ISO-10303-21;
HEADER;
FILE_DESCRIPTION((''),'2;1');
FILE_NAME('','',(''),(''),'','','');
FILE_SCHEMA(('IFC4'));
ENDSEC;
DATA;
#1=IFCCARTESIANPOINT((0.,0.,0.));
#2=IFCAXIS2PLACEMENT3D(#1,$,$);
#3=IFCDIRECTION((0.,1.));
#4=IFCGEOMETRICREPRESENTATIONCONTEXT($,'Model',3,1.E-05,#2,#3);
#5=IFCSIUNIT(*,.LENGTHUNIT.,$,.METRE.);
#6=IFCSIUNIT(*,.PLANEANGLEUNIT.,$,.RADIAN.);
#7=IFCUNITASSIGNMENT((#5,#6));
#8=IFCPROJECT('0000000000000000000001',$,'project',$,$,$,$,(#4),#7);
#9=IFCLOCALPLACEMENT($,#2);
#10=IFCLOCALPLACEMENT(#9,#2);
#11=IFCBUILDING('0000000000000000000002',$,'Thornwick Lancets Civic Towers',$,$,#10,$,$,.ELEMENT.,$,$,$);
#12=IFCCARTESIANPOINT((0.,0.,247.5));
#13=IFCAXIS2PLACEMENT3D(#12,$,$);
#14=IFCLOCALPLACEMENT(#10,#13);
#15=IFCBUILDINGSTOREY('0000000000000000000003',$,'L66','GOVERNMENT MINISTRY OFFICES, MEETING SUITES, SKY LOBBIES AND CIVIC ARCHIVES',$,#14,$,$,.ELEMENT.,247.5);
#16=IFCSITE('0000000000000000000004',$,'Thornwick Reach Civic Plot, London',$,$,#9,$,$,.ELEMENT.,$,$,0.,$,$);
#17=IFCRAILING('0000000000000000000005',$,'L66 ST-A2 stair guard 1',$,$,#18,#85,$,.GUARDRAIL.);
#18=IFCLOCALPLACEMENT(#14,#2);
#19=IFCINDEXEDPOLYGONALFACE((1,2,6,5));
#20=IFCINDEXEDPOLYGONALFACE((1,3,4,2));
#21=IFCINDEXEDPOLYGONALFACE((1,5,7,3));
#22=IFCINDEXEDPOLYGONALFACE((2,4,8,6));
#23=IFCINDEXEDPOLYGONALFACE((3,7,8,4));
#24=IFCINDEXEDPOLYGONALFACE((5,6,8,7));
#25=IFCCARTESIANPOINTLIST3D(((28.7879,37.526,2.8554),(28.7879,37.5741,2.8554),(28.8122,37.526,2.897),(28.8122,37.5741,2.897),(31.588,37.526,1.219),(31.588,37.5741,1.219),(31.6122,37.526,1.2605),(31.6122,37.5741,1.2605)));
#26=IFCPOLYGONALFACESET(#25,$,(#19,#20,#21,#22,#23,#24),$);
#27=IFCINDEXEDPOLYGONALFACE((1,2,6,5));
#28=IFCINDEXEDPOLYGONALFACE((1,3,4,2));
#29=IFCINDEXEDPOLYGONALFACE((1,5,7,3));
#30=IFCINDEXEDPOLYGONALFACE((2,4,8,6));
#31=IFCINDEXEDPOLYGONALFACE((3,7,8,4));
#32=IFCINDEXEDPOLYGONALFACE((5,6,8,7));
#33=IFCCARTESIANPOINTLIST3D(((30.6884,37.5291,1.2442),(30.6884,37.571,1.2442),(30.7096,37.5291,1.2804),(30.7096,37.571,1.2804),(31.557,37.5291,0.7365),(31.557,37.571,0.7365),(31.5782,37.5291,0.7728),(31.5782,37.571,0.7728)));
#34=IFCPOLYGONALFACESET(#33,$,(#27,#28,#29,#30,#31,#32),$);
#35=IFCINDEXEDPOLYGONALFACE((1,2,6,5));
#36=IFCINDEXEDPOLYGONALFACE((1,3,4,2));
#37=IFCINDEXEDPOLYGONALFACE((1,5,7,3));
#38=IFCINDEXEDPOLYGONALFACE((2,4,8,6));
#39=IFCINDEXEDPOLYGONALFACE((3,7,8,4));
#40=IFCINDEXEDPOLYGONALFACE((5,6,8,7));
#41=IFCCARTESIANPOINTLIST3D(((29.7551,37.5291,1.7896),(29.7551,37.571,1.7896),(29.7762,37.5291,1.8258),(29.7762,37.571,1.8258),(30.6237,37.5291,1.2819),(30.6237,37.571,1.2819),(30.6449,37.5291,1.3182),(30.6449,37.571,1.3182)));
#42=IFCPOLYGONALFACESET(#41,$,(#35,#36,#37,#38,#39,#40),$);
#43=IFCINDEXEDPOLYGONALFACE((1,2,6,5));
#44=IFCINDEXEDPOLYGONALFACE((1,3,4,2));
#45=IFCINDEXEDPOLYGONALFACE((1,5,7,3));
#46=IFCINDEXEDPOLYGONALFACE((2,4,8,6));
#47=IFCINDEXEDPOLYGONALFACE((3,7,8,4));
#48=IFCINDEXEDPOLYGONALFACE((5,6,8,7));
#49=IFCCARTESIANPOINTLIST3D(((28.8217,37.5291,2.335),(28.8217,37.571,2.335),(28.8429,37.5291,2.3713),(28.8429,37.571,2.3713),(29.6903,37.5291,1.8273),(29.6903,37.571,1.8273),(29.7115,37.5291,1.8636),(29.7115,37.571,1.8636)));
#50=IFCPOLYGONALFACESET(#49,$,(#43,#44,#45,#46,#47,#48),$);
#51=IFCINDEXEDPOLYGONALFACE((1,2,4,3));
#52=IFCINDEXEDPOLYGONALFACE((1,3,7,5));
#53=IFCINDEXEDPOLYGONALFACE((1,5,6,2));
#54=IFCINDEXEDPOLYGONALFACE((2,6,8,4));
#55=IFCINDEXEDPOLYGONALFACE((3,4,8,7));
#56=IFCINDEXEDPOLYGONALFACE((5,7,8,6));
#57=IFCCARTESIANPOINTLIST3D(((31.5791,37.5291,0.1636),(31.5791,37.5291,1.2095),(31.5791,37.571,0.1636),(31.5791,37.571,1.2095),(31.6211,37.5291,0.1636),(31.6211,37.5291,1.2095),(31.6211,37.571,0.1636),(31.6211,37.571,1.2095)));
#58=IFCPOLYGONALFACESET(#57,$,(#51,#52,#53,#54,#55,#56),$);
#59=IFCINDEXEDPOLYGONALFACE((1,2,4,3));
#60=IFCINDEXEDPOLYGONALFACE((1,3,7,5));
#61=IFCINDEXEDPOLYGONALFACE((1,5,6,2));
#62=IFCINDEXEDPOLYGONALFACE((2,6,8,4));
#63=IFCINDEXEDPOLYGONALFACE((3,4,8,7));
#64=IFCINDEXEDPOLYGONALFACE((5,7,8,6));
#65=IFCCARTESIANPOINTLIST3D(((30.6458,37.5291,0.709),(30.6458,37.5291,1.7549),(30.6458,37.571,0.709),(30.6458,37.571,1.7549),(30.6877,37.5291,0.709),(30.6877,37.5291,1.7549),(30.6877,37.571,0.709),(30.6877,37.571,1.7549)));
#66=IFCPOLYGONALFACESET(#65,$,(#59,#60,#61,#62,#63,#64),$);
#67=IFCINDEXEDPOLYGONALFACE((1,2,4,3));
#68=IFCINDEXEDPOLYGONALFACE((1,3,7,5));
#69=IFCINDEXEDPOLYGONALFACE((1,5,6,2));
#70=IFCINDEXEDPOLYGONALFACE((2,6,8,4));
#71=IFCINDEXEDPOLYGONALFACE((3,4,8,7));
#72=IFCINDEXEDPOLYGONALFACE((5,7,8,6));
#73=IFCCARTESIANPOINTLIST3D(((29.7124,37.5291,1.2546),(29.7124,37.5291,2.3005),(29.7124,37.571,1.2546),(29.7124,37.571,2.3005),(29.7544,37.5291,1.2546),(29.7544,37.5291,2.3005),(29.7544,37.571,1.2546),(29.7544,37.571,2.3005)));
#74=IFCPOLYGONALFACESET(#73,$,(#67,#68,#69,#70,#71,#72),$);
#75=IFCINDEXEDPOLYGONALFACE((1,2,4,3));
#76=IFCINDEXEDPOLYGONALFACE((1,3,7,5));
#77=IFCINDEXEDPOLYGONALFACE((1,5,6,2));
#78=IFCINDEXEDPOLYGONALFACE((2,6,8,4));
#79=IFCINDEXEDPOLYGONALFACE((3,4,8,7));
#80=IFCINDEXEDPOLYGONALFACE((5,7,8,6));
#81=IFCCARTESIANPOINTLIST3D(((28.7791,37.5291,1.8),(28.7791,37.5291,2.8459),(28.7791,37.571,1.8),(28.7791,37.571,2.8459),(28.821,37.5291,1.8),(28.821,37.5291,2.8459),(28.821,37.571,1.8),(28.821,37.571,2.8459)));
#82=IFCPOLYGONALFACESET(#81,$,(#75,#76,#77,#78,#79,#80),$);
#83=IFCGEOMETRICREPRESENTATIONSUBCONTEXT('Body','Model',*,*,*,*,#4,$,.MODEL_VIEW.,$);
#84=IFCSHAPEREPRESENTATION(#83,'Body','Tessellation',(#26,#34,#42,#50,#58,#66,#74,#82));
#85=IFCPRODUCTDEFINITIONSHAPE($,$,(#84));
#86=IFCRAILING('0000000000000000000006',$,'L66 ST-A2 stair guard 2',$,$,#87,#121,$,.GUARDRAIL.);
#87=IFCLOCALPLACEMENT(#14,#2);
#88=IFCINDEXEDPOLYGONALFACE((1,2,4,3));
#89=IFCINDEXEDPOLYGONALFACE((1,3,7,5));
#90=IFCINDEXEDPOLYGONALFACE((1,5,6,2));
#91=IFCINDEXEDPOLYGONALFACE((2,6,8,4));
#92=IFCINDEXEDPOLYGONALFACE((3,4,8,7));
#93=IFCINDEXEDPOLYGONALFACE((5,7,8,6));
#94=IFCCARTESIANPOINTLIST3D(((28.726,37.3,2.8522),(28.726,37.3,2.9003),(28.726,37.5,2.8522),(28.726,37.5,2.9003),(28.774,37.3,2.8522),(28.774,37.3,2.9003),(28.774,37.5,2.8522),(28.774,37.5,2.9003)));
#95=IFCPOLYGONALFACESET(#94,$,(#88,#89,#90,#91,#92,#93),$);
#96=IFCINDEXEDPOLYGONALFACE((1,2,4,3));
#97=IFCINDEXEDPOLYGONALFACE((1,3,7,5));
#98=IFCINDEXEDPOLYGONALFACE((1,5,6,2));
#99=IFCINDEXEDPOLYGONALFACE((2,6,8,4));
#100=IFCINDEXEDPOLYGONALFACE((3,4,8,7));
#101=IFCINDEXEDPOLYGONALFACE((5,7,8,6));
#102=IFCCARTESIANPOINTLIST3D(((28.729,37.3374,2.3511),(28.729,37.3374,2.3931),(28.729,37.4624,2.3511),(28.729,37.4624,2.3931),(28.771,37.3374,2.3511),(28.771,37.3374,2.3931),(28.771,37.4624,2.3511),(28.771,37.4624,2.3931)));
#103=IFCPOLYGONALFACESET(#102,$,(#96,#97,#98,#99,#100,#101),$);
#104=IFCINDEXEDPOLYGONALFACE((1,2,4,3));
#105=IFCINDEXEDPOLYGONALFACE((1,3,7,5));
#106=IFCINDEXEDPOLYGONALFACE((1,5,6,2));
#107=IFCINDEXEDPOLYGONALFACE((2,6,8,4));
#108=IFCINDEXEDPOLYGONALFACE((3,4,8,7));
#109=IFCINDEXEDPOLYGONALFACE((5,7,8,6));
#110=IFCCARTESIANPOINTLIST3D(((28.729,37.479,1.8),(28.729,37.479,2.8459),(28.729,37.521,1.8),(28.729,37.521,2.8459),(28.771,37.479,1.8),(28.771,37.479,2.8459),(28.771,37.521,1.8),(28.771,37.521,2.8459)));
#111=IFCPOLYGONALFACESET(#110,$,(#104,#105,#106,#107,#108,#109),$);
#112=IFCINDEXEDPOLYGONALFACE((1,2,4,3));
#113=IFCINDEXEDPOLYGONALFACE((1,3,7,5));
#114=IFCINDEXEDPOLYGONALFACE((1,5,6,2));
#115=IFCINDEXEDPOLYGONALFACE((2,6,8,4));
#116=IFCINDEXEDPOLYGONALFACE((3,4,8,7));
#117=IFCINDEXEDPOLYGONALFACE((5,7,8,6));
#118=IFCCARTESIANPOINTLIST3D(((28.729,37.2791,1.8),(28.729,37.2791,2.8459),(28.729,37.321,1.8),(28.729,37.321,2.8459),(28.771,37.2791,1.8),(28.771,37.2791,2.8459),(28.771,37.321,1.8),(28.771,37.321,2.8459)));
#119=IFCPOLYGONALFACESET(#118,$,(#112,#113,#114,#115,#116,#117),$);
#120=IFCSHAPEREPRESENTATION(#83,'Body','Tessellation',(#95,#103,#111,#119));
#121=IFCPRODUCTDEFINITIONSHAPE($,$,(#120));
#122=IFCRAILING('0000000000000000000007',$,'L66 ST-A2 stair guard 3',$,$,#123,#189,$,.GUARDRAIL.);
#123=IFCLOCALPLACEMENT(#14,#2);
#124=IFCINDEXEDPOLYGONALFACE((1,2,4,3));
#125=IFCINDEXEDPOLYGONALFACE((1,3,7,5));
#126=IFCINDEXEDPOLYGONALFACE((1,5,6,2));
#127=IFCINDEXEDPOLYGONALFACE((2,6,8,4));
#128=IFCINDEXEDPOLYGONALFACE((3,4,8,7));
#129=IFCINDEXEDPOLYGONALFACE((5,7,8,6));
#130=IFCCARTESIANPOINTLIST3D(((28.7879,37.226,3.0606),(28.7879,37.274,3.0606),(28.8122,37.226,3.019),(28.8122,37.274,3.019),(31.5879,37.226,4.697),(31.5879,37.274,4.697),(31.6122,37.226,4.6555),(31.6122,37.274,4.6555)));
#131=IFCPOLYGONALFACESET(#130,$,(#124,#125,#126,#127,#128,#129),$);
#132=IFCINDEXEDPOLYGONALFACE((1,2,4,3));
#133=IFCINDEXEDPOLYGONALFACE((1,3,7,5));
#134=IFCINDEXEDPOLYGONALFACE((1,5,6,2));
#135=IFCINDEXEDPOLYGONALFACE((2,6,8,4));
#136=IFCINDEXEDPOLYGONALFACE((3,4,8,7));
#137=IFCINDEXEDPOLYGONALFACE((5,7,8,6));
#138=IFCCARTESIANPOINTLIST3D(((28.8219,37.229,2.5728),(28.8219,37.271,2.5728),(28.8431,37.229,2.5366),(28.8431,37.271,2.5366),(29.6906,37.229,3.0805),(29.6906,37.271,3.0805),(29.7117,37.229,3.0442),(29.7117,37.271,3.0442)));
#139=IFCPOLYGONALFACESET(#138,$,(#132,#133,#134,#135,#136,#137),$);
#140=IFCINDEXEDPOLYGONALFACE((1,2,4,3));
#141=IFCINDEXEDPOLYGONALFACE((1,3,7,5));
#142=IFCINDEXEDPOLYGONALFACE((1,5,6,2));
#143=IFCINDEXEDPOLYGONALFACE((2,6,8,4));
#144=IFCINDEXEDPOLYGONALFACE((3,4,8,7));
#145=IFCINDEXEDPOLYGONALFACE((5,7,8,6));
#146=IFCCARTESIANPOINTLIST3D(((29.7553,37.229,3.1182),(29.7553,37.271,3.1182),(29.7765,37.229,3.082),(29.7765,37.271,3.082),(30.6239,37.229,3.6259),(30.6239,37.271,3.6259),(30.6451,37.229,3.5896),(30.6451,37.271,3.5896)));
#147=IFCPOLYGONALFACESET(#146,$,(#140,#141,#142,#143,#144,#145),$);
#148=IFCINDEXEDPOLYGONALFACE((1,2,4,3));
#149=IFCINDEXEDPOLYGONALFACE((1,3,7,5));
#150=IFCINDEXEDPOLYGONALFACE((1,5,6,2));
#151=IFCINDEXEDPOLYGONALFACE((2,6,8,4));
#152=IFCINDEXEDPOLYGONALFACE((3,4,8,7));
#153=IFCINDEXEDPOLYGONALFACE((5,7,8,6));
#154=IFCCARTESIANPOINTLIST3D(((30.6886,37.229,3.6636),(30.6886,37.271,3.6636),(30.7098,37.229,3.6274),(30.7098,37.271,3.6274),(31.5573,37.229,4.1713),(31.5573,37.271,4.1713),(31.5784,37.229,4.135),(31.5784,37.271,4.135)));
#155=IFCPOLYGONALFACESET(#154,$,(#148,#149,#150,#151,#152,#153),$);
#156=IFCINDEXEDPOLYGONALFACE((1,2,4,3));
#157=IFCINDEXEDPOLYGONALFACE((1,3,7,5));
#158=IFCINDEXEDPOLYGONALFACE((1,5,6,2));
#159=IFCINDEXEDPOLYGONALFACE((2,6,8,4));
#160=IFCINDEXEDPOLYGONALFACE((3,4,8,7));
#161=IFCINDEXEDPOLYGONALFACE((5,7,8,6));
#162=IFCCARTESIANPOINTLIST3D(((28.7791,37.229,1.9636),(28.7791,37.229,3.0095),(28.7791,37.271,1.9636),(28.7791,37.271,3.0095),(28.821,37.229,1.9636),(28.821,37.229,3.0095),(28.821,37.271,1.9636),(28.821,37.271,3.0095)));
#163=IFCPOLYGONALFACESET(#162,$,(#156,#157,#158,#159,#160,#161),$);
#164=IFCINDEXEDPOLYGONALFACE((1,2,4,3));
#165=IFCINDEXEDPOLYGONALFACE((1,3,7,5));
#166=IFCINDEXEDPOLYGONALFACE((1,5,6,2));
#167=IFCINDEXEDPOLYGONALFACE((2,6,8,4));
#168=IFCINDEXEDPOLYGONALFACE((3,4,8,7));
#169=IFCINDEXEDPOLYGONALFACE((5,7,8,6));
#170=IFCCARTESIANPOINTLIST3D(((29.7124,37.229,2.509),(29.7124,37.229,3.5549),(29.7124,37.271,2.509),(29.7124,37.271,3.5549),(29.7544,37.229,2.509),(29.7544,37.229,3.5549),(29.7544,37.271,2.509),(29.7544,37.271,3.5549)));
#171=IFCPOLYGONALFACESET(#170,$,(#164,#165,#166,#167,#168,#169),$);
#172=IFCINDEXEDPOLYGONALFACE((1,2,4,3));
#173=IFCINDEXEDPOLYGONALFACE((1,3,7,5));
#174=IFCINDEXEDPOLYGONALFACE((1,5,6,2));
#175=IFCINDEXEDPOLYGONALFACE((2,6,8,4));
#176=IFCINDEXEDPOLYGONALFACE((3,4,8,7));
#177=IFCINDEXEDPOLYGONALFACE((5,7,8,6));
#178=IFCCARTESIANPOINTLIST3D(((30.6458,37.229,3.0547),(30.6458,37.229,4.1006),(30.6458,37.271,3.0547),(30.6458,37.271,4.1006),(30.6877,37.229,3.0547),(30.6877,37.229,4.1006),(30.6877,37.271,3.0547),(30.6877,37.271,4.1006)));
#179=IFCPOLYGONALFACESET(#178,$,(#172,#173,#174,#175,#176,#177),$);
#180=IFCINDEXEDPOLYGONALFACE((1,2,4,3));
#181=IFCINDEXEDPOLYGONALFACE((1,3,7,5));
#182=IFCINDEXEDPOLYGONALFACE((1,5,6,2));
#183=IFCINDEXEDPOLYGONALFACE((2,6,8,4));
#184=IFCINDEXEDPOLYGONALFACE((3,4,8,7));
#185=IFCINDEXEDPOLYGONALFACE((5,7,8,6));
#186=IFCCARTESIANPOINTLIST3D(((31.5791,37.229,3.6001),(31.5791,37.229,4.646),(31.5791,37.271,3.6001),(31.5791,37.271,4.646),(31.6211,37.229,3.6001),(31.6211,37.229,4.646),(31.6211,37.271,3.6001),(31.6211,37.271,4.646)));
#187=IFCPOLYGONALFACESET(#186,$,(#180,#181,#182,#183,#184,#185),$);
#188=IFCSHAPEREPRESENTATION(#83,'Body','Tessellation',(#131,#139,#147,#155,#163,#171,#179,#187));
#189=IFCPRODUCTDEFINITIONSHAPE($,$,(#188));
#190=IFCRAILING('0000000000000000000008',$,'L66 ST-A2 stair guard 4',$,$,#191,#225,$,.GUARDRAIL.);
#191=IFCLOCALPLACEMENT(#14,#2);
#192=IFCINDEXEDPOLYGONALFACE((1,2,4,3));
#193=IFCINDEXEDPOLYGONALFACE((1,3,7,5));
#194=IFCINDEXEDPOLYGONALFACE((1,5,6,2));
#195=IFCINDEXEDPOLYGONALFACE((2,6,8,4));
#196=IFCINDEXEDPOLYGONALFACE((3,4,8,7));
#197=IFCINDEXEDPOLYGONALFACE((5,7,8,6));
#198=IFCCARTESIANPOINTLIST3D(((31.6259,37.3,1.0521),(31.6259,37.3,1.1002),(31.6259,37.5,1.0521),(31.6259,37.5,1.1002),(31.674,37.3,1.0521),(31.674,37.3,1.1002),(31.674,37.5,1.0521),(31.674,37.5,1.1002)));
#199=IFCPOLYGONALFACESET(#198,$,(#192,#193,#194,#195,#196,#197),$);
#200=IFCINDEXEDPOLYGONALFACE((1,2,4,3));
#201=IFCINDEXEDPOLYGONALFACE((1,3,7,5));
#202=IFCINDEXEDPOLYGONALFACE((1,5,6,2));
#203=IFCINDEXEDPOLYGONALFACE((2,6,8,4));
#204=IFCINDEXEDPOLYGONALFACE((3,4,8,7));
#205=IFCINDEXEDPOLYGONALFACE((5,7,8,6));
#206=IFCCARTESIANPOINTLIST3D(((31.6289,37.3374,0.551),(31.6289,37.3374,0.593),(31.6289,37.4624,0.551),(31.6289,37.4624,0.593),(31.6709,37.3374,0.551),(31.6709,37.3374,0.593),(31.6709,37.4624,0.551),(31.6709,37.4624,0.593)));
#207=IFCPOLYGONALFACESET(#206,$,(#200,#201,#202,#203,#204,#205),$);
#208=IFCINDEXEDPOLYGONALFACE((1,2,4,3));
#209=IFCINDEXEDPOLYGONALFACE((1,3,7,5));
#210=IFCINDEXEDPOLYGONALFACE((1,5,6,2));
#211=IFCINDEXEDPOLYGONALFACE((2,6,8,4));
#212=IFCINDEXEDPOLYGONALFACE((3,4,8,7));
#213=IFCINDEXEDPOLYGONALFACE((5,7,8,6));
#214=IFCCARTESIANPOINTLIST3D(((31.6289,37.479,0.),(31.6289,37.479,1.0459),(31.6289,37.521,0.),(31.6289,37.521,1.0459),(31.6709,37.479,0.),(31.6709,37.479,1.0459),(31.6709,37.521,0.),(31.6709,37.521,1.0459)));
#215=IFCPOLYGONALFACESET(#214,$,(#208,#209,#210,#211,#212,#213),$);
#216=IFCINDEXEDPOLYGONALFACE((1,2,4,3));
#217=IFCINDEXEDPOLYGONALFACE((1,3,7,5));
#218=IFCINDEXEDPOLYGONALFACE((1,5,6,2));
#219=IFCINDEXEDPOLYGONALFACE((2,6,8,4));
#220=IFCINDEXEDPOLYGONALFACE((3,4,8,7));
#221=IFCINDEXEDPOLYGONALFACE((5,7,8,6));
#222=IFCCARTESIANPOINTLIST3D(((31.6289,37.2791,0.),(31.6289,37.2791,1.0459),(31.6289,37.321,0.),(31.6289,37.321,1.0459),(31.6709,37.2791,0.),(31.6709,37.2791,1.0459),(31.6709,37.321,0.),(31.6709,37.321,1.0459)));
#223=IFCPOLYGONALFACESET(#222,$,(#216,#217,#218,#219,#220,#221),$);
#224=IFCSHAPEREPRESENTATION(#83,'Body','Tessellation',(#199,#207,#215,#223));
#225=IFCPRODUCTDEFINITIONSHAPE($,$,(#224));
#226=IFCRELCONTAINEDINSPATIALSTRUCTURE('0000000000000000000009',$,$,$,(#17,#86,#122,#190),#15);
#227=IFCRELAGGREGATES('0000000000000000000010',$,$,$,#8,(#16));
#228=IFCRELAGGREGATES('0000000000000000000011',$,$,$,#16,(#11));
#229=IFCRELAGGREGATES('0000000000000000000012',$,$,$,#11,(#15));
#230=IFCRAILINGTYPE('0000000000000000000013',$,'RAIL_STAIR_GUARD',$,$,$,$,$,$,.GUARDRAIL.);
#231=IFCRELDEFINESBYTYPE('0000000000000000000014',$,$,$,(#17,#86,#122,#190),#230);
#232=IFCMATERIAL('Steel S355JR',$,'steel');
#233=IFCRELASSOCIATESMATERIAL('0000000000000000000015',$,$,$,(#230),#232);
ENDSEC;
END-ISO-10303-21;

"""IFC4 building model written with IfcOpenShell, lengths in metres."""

from ifc_helpers import new_model, si_unit, direction, frame, origin, origin_2d, place, context, subcontext, project, spatial, rectangle, extrude, material, type_object, element, save


model = new_model("IFC4")

# Units and contexts
model_context = context("Model", 3, precision=1e-05, world=origin(), true_north=direction((0.0, 1.0)))
body_context = subcontext(model_context, "Body", "Model", "MODEL_VIEW")
ifc_project = project(units=[si_unit("LENGTHUNIT", "METRE"), si_unit("PLANEANGLEUNIT", "RADIAN")], contexts=[model_context])

# Site, building, storey
site_placement = place(None, origin())
site = spatial("IfcSite", under=ifc_project, at=site_placement, Name="Thornwick Reach Civic Plot, London", CompositionType="ELEMENT", RefElevation=0.0)
building_placement = place(site_placement, origin())
building = spatial("IfcBuilding", under=site, at=building_placement, Name="Thornwick Lancets Civic Towers", CompositionType="ELEMENT")
storey_placement = place(building_placement, frame((0.0, 0.0, 247.5)))
storey = spatial("IfcBuildingStorey", under=building, at=storey_placement, Name="L66", Description="GOVERNMENT MINISTRY OFFICES, MEETING SUITES, SKY LOBBIES AND CIVIC ARCHIVES", CompositionType="ELEMENT", Elevation=247.5)

# Shared definitions
ifc_material_1 = material(Name="Steel S355JR", Category="steel")

# Railings
railing_type_1 = type_object("IfcRailingType", Name="RAIL_STAIR_GUARD", PredefinedType="GUARDRAIL", material=ifc_material_1)
railing_1_placement = place(storey_placement, frame((31.6001, 37.55, 0.1636)))
element("IfcRailing", 1, at=railing_1_placement, inside=storey, type_object=railing_type_1, Name="L66 ST-A2 stair guard 1", PredefinedType="GUARDRAIL", context=body_context, shape_type="SweptSolid", body=[
    extrude(rectangle(XDim=0.0481, YDim=0.0481, at=origin_2d()), frame((0.0, 0.0, 1.0762), z_axis=(-0.863361, 0.0, 0.504587), x_axis=(0.0, -1.0, 0.0)), (0.0, 0.0, 1.0), 3.2432),
    extrude(rectangle(XDim=0.042, YDim=0.042, at=origin_2d()), frame((-0.0325, 0.0, 0.5911), z_axis=(-0.863361, 0.0, 0.504587), x_axis=(0.0, -1.0, 0.0)), (0.0, 0.0, 1.0), 1.0061),
    extrude(rectangle(XDim=0.042, YDim=0.042, at=origin_2d()), frame((-0.9658, 0.0, 1.1365), z_axis=(-0.863361, 0.0, 0.504587), x_axis=(0.0, -1.0, 0.0)), (0.0, 0.0, 1.0), 1.0061),
    extrude(rectangle(XDim=0.042, YDim=0.042, at=origin_2d()), frame((-1.8992, 0.0, 1.6819), z_axis=(-0.863361, 0.0, 0.504587), x_axis=(0.0, -1.0, 0.0)), (0.0, 0.0, 1.0), 1.0061),
    extrude(rectangle(XDim=0.042, YDim=0.042, at=origin_2d()), origin(), (0.0, 0.0, 1.0), 1.0459),
    extrude(rectangle(XDim=0.042, YDim=0.042, at=origin_2d()), frame((-0.9333, 0.0, 0.5454)), (0.0, 0.0, 1.0), 1.0459),
    extrude(rectangle(XDim=0.042, YDim=0.042, at=origin_2d()), frame((-1.8667, 0.0, 1.0911)), (0.0, 0.0, 1.0), 1.0459),
    extrude(rectangle(XDim=0.042, YDim=0.042, at=origin_2d()), frame((-2.8, 0.0, 1.6365)), (0.0, 0.0, 1.0), 1.0459),
])
railing_2_placement = place(storey_placement, frame((28.75, 37.5, 1.8)))
element("IfcRailing", 2, at=railing_2_placement, inside=storey, type_object=railing_type_1, Name="L66 ST-A2 stair guard 2", PredefinedType="GUARDRAIL", context=body_context, shape_type="SweptSolid", body=[
    extrude(rectangle(XDim=0.0481, YDim=0.0481, at=origin_2d()), frame((0.0, 0.0, 1.0762), z_axis=(0.0, -1.0, 0.0), x_axis=(1.0, 0.0, 0.0)), (0.0, 0.0, 1.0), 0.2),
    extrude(rectangle(XDim=0.042, YDim=0.042, at=origin_2d()), frame((0.0, -0.0376, 0.572), z_axis=(0.0, -1.0, 0.0), x_axis=(1.0, 0.0, 0.0)), (0.0, 0.0, 1.0), 0.125),
    extrude(rectangle(XDim=0.042, YDim=0.042, at=origin_2d()), origin(), (0.0, 0.0, 1.0), 1.0459),
    extrude(rectangle(XDim=0.042, YDim=0.042, at=origin_2d()), frame((0.0, -0.2, 0.0)), (0.0, 0.0, 1.0), 1.0459),
])
railing_3_placement = place(storey_placement, frame((28.8, 37.25, 1.9636)))
element("IfcRailing", 3, at=railing_3_placement, inside=storey, type_object=railing_type_1, Name="L66 ST-A2 stair guard 3", PredefinedType="GUARDRAIL", context=body_context, shape_type="SweptSolid", body=[
    extrude(rectangle(XDim=0.0481, YDim=0.0481, at=origin_2d()), frame((0.0, 0.0, 1.0762), z_axis=(0.863361, 0.0, 0.504587), x_axis=(0.0, 1.0, 0.0)), (0.0, 0.0, 1.0), 3.2432),
    extrude(rectangle(XDim=0.042, YDim=0.042, at=origin_2d()), frame((0.0325, 0.0, 0.5911), z_axis=(0.863361, 0.0, 0.504587), x_axis=(0.0, 1.0, 0.0)), (0.0, 0.0, 1.0), 1.0061),
    extrude(rectangle(XDim=0.042, YDim=0.042, at=origin_2d()), frame((0.9658, 0.0, 1.1365), z_axis=(0.863361, 0.0, 0.504587), x_axis=(0.0, 1.0, 0.0)), (0.0, 0.0, 1.0), 1.0061),
    extrude(rectangle(XDim=0.042, YDim=0.042, at=origin_2d()), frame((1.8992, 0.0, 1.6819), z_axis=(0.863361, 0.0, 0.504587), x_axis=(0.0, 1.0, 0.0)), (0.0, 0.0, 1.0), 1.0061),
    extrude(rectangle(XDim=0.042, YDim=0.042, at=origin_2d()), origin(), (0.0, 0.0, 1.0), 1.0459),
    extrude(rectangle(XDim=0.042, YDim=0.042, at=origin_2d()), frame((0.9333, 0.0, 0.5454)), (0.0, 0.0, 1.0), 1.0459),
    extrude(rectangle(XDim=0.042, YDim=0.042, at=origin_2d()), frame((1.8667, 0.0, 1.0911)), (0.0, 0.0, 1.0), 1.0459),
    extrude(rectangle(XDim=0.042, YDim=0.042, at=origin_2d()), frame((2.8, 0.0, 1.6365)), (0.0, 0.0, 1.0), 1.0459),
])
railing_4_placement = place(storey_placement, frame((31.6499, 37.5, 0.0)))
element("IfcRailing", 4, at=railing_4_placement, inside=storey, type_object=railing_type_1, Name="L66 ST-A2 stair guard 4", PredefinedType="GUARDRAIL", context=body_context, shape_type="SweptSolid", body=[
    extrude(rectangle(XDim=0.0481, YDim=0.0481, at=origin_2d()), frame((0.0, 0.0, 1.0762), z_axis=(0.0, -1.0, 0.0), x_axis=(1.0, 0.0, 0.0)), (0.0, 0.0, 1.0), 0.2),
    extrude(rectangle(XDim=0.042, YDim=0.042, at=origin_2d()), frame((0.0, -0.0376, 0.572), z_axis=(0.0, -1.0, 0.0), x_axis=(1.0, 0.0, 0.0)), (0.0, 0.0, 1.0), 0.125),
    extrude(rectangle(XDim=0.042, YDim=0.042, at=origin_2d()), origin(), (0.0, 0.0, 1.0), 1.0459),
    extrude(rectangle(XDim=0.042, YDim=0.042, at=origin_2d()), frame((0.0, -0.2, 0.0)), (0.0, 0.0, 1.0), 1.0459),
])

save(model, "model.ifc")
